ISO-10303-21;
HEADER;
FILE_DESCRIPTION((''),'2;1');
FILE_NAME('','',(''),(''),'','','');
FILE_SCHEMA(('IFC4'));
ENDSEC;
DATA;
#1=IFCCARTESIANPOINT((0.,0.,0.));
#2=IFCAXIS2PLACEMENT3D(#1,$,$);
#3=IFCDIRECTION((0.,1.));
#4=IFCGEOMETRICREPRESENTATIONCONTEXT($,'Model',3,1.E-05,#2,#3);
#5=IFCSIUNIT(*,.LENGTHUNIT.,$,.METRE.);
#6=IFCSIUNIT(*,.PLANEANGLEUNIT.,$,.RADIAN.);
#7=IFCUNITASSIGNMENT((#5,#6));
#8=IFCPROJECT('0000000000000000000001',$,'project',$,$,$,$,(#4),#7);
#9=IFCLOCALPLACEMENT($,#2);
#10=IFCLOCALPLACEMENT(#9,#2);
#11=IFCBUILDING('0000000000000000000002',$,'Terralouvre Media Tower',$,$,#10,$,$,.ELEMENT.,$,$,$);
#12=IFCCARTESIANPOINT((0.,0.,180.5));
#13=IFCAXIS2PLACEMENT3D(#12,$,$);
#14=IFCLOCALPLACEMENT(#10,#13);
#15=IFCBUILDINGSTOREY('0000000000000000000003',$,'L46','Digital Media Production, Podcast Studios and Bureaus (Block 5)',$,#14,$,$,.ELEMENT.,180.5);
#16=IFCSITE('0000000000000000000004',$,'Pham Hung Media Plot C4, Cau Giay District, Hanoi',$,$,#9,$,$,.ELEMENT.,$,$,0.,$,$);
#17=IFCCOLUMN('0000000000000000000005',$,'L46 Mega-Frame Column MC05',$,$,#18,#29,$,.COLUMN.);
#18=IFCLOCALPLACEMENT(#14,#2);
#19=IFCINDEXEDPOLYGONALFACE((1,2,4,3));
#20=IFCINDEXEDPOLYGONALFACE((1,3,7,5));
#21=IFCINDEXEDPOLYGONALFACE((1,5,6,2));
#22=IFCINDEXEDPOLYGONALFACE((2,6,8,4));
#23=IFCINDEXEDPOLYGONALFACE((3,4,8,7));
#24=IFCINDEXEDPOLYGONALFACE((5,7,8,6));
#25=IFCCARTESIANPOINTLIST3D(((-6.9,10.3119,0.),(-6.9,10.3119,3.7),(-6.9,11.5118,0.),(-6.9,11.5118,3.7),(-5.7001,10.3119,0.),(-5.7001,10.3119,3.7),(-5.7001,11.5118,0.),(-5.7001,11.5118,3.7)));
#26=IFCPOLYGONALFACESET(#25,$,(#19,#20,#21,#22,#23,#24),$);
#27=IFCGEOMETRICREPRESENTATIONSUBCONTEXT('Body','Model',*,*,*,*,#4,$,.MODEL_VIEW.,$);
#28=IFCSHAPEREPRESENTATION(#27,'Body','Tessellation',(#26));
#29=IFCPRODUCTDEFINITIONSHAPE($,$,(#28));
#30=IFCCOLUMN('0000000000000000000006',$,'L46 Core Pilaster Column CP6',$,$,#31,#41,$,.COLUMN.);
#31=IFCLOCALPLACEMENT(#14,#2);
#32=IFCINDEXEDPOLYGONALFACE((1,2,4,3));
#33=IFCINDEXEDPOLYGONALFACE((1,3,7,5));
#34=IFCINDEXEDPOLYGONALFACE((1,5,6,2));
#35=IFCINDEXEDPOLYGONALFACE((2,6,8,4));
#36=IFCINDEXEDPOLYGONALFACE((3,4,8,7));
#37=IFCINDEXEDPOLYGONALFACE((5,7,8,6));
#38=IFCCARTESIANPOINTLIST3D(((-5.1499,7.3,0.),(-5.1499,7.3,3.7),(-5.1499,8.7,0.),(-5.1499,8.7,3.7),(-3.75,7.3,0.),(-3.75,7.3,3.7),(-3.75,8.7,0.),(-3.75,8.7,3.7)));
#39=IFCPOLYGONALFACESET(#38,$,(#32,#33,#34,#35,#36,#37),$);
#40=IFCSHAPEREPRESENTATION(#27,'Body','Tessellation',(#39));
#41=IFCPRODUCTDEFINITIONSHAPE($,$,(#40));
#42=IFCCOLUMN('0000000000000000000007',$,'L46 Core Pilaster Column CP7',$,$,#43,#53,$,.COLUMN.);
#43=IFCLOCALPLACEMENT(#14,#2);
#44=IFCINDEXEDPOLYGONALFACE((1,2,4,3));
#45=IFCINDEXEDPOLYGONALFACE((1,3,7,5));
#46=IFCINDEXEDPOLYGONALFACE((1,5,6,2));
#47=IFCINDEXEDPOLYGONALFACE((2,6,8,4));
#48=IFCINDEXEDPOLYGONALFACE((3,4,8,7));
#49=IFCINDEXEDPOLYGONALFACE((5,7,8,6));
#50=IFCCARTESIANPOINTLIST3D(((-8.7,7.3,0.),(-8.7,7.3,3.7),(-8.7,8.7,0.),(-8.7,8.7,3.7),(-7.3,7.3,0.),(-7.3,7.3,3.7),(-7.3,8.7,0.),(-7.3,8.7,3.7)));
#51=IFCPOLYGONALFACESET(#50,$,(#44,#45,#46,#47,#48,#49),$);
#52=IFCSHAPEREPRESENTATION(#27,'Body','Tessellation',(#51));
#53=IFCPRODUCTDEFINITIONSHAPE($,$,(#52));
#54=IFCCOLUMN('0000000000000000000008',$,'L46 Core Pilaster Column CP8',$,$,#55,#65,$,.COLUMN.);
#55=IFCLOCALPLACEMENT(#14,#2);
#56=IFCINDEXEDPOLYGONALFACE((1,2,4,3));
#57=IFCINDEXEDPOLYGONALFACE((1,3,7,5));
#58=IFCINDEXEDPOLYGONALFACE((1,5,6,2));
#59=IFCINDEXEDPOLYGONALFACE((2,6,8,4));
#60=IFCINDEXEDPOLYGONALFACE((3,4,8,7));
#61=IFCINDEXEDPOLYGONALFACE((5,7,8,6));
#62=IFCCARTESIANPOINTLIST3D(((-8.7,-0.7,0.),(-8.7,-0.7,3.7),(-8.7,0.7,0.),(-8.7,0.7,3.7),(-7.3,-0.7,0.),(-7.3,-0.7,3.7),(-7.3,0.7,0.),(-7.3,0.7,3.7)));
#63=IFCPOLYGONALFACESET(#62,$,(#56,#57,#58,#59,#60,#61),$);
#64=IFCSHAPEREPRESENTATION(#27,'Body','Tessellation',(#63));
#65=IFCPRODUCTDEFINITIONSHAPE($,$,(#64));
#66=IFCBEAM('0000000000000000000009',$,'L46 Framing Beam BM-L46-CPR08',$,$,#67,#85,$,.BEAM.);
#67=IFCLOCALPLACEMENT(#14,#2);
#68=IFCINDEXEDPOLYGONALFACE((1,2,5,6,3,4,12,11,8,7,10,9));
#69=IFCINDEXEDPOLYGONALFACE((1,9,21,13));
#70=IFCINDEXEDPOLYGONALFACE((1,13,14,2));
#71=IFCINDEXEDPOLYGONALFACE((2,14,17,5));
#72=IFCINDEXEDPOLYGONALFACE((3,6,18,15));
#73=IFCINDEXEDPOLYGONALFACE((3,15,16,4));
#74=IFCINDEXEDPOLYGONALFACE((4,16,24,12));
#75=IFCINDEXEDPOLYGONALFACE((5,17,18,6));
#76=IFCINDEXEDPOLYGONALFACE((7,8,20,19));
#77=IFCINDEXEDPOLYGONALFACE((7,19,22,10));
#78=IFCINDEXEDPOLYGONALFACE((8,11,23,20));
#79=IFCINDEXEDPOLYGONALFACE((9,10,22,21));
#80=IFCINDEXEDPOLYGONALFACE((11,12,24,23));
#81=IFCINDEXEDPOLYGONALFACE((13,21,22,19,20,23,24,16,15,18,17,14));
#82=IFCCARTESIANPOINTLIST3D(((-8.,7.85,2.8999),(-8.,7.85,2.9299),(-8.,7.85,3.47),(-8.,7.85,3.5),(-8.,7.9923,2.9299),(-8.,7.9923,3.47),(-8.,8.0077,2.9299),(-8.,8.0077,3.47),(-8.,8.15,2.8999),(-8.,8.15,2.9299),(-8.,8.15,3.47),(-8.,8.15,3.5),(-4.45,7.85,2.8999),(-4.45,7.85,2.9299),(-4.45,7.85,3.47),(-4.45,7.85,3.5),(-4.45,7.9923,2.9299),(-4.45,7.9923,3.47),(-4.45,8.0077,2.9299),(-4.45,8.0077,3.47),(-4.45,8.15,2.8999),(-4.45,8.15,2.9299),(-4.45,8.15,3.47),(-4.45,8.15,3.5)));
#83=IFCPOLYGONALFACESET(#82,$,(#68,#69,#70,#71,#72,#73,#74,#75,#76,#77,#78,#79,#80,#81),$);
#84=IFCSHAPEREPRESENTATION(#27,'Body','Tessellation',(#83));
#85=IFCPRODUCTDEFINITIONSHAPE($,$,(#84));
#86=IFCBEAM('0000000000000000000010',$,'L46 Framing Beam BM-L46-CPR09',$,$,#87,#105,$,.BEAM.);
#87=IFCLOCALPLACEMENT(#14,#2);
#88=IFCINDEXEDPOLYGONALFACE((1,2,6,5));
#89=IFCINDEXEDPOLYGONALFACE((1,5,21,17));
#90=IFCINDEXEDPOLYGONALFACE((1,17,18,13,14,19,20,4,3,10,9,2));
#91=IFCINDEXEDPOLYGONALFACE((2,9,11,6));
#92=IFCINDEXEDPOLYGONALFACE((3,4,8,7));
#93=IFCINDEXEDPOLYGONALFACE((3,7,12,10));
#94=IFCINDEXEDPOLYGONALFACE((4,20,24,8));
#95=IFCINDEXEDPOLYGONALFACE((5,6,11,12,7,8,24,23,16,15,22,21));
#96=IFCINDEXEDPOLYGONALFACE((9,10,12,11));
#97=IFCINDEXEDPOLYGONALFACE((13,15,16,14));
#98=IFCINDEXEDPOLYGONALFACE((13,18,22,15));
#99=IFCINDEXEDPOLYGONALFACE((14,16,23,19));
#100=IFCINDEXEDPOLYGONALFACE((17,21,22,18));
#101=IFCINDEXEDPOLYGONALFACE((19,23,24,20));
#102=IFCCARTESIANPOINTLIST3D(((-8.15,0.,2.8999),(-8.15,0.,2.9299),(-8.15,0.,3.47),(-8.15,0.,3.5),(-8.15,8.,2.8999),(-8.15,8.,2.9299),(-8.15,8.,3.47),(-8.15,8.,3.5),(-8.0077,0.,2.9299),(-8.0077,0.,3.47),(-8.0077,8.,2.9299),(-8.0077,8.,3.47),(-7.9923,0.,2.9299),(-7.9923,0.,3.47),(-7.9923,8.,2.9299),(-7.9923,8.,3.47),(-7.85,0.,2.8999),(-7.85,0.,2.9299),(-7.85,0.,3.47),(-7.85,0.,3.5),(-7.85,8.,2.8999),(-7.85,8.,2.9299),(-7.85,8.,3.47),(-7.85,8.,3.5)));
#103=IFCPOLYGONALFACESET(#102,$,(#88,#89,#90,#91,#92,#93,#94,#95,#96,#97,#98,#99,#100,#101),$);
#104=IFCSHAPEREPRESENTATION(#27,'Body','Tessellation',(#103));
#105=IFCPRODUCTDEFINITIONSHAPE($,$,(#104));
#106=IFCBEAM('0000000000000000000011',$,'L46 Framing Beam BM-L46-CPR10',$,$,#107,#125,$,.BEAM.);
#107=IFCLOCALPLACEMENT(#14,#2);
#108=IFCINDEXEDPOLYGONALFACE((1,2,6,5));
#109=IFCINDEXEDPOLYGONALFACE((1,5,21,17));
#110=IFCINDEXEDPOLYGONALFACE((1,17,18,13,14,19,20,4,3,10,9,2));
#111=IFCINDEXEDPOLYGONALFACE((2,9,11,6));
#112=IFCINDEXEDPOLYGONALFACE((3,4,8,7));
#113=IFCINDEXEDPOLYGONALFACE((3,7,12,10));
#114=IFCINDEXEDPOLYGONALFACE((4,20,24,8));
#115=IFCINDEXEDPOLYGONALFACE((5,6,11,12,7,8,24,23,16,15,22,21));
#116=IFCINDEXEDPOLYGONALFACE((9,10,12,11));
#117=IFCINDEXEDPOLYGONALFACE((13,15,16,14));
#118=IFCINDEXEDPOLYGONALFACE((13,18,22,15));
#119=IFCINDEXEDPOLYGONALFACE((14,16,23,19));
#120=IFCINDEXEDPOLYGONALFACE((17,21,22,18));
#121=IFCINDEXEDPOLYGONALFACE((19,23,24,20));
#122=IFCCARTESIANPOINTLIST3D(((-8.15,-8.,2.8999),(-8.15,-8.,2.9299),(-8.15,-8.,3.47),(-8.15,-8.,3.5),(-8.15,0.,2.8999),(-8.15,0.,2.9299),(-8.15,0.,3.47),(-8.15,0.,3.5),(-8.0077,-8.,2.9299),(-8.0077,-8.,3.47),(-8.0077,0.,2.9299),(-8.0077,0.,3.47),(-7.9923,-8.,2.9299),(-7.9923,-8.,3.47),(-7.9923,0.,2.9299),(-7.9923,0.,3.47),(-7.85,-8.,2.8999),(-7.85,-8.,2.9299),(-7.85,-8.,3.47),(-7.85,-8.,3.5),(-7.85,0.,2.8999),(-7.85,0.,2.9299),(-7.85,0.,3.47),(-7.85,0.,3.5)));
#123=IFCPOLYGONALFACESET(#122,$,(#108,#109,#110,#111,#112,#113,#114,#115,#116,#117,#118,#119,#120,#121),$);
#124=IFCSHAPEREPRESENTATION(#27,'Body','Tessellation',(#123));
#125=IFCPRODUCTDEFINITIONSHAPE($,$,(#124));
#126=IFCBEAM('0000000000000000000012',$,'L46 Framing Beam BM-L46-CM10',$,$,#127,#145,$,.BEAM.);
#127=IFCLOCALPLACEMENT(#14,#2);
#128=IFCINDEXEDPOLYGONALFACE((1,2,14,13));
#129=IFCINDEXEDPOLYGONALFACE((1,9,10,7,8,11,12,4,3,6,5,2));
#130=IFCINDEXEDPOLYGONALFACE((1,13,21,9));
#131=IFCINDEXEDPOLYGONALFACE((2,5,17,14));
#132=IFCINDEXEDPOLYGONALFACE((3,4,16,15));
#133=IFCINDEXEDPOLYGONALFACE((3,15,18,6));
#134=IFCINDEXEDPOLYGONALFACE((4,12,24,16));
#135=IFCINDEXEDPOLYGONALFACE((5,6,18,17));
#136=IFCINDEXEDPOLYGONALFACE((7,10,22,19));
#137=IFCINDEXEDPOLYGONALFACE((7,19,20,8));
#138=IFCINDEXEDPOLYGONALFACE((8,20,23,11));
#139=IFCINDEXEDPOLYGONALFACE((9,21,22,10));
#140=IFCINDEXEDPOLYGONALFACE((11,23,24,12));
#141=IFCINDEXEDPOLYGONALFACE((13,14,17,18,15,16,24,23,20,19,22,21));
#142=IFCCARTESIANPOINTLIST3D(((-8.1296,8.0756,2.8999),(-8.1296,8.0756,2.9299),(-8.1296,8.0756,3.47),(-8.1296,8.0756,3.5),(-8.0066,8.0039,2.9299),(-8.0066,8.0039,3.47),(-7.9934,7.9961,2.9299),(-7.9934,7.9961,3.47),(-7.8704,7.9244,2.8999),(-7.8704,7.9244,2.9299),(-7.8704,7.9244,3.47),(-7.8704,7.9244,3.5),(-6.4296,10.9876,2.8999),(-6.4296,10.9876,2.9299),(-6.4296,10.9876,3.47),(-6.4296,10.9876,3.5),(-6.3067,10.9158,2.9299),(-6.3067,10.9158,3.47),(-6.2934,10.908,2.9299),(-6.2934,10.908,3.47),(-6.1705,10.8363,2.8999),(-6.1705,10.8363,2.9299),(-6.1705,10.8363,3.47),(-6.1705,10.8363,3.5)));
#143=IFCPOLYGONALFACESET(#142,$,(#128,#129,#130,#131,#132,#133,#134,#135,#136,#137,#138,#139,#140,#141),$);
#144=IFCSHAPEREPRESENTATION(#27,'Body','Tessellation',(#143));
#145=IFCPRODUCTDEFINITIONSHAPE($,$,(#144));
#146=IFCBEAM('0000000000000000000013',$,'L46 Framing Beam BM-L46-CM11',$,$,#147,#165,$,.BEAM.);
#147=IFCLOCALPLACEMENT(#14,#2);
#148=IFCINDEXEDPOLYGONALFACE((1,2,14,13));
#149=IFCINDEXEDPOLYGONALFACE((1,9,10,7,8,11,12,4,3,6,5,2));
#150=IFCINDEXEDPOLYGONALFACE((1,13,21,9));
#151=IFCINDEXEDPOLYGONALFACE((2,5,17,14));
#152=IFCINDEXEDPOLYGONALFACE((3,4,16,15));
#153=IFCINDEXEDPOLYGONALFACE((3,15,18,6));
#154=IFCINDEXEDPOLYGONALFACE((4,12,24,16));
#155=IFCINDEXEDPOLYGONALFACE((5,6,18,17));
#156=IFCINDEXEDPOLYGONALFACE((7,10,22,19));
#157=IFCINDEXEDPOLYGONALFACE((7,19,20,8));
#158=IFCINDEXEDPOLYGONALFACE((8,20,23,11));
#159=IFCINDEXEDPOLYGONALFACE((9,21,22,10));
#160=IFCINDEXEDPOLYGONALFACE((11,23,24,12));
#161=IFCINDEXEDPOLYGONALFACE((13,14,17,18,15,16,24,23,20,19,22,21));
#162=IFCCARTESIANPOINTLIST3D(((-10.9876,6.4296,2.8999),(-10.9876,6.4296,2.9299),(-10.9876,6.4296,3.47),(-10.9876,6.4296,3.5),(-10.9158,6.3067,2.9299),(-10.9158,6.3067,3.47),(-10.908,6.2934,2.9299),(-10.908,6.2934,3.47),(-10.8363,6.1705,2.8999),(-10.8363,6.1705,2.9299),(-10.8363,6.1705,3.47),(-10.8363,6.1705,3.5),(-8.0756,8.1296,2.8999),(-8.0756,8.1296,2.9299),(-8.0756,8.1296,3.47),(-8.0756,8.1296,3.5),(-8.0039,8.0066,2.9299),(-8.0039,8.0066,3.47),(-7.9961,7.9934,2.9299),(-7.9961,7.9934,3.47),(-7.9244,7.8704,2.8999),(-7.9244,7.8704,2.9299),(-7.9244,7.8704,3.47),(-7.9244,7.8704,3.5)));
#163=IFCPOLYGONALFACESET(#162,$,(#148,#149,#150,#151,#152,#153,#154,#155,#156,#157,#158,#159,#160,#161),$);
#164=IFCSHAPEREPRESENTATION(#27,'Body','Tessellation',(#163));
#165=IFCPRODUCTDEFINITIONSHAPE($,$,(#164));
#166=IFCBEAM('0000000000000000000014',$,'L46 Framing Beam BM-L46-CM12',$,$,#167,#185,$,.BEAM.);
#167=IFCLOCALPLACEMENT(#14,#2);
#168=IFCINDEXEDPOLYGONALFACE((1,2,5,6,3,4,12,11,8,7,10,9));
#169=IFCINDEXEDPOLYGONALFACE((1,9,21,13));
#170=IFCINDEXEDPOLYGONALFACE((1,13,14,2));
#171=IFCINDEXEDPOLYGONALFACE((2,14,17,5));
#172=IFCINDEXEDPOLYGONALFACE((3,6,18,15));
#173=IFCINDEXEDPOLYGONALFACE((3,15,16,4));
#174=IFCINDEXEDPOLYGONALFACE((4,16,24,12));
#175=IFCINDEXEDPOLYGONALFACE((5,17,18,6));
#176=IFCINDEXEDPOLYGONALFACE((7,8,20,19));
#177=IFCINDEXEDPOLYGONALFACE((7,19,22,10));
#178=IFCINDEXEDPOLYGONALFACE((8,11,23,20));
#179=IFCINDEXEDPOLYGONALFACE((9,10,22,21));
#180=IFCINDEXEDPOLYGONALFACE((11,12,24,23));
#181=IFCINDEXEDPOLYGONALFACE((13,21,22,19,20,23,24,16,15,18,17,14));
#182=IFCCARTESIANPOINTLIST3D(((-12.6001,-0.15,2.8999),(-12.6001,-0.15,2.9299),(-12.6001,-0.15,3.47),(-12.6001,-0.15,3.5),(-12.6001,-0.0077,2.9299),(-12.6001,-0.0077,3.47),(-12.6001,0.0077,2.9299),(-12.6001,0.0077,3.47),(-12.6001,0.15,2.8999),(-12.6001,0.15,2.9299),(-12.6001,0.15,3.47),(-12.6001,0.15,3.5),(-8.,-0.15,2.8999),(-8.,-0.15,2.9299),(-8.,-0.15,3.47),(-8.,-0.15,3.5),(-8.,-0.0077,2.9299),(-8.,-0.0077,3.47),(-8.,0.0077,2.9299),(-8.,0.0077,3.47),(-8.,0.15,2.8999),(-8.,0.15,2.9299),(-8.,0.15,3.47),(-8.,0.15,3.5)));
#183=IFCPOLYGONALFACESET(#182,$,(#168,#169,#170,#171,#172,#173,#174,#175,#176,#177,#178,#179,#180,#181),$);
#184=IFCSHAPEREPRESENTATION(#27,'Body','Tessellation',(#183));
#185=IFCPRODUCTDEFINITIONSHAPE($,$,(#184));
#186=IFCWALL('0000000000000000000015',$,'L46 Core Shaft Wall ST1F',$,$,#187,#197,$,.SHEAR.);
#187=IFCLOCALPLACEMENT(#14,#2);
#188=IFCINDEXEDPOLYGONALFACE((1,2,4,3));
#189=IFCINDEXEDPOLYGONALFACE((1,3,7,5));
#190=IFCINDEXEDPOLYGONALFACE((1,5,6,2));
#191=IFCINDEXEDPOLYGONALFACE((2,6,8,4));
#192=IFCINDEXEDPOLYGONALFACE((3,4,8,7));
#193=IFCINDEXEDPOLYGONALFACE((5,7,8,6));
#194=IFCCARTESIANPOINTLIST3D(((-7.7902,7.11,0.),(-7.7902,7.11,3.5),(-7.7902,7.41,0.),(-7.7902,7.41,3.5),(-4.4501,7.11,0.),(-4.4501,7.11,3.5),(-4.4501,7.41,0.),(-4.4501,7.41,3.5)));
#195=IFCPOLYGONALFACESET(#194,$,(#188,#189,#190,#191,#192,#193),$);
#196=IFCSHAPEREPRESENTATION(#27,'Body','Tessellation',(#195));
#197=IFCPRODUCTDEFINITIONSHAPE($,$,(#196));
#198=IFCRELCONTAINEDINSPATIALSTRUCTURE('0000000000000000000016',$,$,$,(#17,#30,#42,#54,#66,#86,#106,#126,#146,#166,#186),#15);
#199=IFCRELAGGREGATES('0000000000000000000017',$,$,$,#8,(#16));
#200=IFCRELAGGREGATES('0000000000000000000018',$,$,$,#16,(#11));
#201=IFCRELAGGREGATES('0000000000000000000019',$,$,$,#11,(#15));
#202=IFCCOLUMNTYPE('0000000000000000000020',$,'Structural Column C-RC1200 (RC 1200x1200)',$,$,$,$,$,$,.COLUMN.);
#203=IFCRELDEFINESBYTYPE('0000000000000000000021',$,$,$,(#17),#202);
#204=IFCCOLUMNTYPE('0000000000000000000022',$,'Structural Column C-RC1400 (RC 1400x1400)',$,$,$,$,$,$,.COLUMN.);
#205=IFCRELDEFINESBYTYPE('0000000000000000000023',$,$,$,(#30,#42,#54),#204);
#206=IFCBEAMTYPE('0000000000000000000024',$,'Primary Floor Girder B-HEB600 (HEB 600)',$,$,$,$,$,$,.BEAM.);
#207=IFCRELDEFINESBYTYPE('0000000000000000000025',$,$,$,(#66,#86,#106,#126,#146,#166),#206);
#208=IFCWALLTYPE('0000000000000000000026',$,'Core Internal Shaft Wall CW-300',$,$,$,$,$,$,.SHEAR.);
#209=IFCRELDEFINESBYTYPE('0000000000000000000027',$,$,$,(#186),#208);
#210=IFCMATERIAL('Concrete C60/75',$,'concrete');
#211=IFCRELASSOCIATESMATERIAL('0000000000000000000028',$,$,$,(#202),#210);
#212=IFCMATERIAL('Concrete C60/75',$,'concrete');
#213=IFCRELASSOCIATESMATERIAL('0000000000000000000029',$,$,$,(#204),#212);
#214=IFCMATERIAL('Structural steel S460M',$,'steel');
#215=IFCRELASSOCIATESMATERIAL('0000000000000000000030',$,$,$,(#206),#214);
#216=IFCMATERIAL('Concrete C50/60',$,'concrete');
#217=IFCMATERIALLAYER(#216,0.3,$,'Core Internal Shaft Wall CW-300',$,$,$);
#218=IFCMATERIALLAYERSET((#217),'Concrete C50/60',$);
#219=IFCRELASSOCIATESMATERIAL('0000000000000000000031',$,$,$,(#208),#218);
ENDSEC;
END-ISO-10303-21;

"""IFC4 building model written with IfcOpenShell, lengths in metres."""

from ifc_helpers import new_model, si_unit, direction, frame, frame_2d, origin, origin_2d, place, context, subcontext, project, spatial, rectangle, i_section, extrude, material, layer, layer_set, material_profile, profile_set, type_object, element, save


model = new_model("IFC4")

# Units and contexts
model_context = context("Model", 3, precision=1e-05, world=origin(), true_north=direction((0.0, 1.0)))
body_context = subcontext(model_context, "Body", "Model", "MODEL_VIEW")
ifc_project = project(units=[si_unit("LENGTHUNIT", "METRE"), si_unit("PLANEANGLEUNIT", "RADIAN")], contexts=[model_context])

# Site, building, storey
site_placement = place(None, origin())
site = spatial("IfcSite", under=ifc_project, at=site_placement, Name="Pham Hung Media Plot C4, Cau Giay District, Hanoi", CompositionType="ELEMENT", RefElevation=0.0)
building_placement = place(site_placement, origin())
building = spatial("IfcBuilding", under=site, at=building_placement, Name="Terralouvre Media Tower", CompositionType="ELEMENT")
storey_placement = place(building_placement, frame((0.0, 0.0, 180.5)))
storey = spatial("IfcBuildingStorey", under=building, at=storey_placement, Name="L46", Description="Digital Media Production, Podcast Studios and Bureaus (Block 5)", CompositionType="ELEMENT", Elevation=180.5)

# Columns
ifc_material_1 = material(Name="Concrete C60/75", Category="concrete")
ifc_material_profile_1 = material_profile(ifc_material_1, rectangle(XDim=1.2, YDim=1.2, at=origin_2d()), Name="RC 1200x1200")
ifc_profile_set_1 = profile_set([ifc_material_profile_1], Name="Concrete C60/75")
column_type_1 = type_object("IfcColumnType", Name="Structural Column C-RC1200 (RC 1200x1200)", PredefinedType="COLUMN", material=ifc_profile_set_1)
column_placement = place(storey_placement, frame((-6.3, 10.9119, 0.0), z_axis=(0.0, 0.0, 1.0), x_axis=(1.0, 0.0, 0.0)))
element("IfcColumn", 1, at=column_placement, inside=storey, type_object=column_type_1, Name="L46 Mega-Frame Column MC05", PredefinedType="COLUMN", context=body_context, shape_type="SweptSolid", body=[
    extrude(rectangle(XDim=1.2, YDim=1.2, at=origin_2d()), origin(), (0.0, 0.0, 1.0), 3.7),
])
ifc_material_2 = material(Name="Concrete C60/75", Category="concrete")
ifc_material_profile_2 = material_profile(ifc_material_2, rectangle(XDim=1.3999, YDim=1.3999, at=origin_2d()), Name="RC 1400x1400")
ifc_profile_set_2 = profile_set([ifc_material_profile_2], Name="Concrete C60/75")
column_type_2 = type_object("IfcColumnType", Name="Structural Column C-RC1400 (RC 1400x1400)", PredefinedType="COLUMN", material=ifc_profile_set_2)
for number, where, z_axis, x_axis, name in (
    (2, (-4.45, 8.0, 0.0), (0.0, 0.0, 1.0), (1.0, 0.0, 0.0), "L46 Core Pilaster Column CP6"),
    (3, (-8.0, 8.0, 0.0), (0.0, 0.0, 1.0), (1.0, 0.0, 0.0), "L46 Core Pilaster Column CP7"),
    (4, (-8.0, 0.0, 0.0), (0.0, 0.0, 1.0), (1.0, 0.0, 0.0), "L46 Core Pilaster Column CP8"),
):
    element("IfcColumn", number, at=place(storey_placement, frame(where, z_axis=z_axis, x_axis=x_axis)), inside=storey, type_object=column_type_2, Name=name, PredefinedType="COLUMN", context=body_context, shape_type="SweptSolid", body=[
        extrude(rectangle(XDim=1.3999, YDim=1.3999, at=origin_2d()), origin(), (0.0, 0.0, 1.0), 3.7),
    ])

# Beams
ifc_material_3 = material(Name="Structural steel S460M", Category="steel")
ifc_material_profile_3 = material_profile(ifc_material_3, i_section(OverallWidth=0.3, OverallDepth=0.6001, WebThickness=0.0154, FlangeThickness=0.03, at=origin_2d()), Name="HEB 600")
ifc_profile_set_3 = profile_set([ifc_material_profile_3], Name="Structural steel S460M")
beam_type = type_object("IfcBeamType", Name="Primary Floor Girder B-HEB600 (HEB 600)", PredefinedType="BEAM", material=ifc_profile_set_3)
beam_1_placement = place(storey_placement, frame((-4.45, 8.0, 3.2), z_axis=(-1.0, 0.0, 0.0), x_axis=(0.0, -1.0, 0.0)))
element("IfcBeam", 5, at=beam_1_placement, inside=storey, type_object=beam_type, Name="L46 Framing Beam BM-L46-CPR08", PredefinedType="BEAM", context=body_context, shape_type="SweptSolid", body=[
    extrude(i_section(OverallWidth=0.3, OverallDepth=0.6001, WebThickness=0.0154, FlangeThickness=0.03, at=origin_2d()), origin(), (0.0, 0.0, 1.0), 3.55),
])
for number, where, z_axis, x_axis, name in (
    (6, (-8.0, 8.0, 3.2), (0.0, -1.0, 0.0), (1.0, 0.0, 0.0), "L46 Framing Beam BM-L46-CPR09"),
    (7, (-8.0, 0.0, 3.2), (0.0, -1.0, 0.0), (1.0, 0.0, 0.0), "L46 Framing Beam BM-L46-CPR10"),
):
    element("IfcBeam", number, at=place(storey_placement, frame(where, z_axis=z_axis, x_axis=x_axis)), inside=storey, type_object=beam_type, Name=name, PredefinedType="BEAM", context=body_context, shape_type="SweptSolid", body=[
        extrude(i_section(OverallWidth=0.3, OverallDepth=0.6001, WebThickness=0.0154, FlangeThickness=0.03, at=origin_2d()), origin(), (0.0, 0.0, 1.0), 8.0),
    ])
for number, where, z_axis, x_axis, name in (
    (8, (-8.0, 8.0, 3.2), (0.504173, 0.863603, 0.0), (-0.863603, 0.504173, 0.0), "L46 Framing Beam BM-L46-CM10"),
    (9, (-8.0, 8.0, 3.2), (-0.863603, -0.504173, 0.0), (0.504173, -0.863603, 0.0), "L46 Framing Beam BM-L46-CM11"),
):
    element("IfcBeam", number, at=place(storey_placement, frame(where, z_axis=z_axis, x_axis=x_axis)), inside=storey, type_object=beam_type, Name=name, PredefinedType="BEAM", context=body_context, shape_type="SweptSolid", body=[
        extrude(i_section(OverallWidth=0.3, OverallDepth=0.6001, WebThickness=0.0154, FlangeThickness=0.03, at=origin_2d()), origin(), (0.0, 0.0, 1.0), 3.3718),
    ])
beam_2_placement = place(storey_placement, frame((-8.0, 0.0, 3.2), z_axis=(-1.0, 0.0, 0.0), x_axis=(0.0, -1.0, 0.0)))
element("IfcBeam", 10, at=beam_2_placement, inside=storey, type_object=beam_type, Name="L46 Framing Beam BM-L46-CM12", PredefinedType="BEAM", context=body_context, shape_type="SweptSolid", body=[
    extrude(i_section(OverallWidth=0.3, OverallDepth=0.6001, WebThickness=0.0154, FlangeThickness=0.03, at=origin_2d()), origin(), (0.0, 0.0, 1.0), 4.6001),
])

# Shared definitions
ifc_material_4 = material(Name="Concrete C50/60", Category="concrete")
ifc_layer_1 = layer(ifc_material_4, 0.3, Name="Core Internal Shaft Wall CW-300")
ifc_layer_set_1 = layer_set([ifc_layer_1], Name="Concrete C50/60")
wall_type_1 = type_object("IfcWallType", Name="Core Internal Shaft Wall CW-300", PredefinedType="SHEAR", material=ifc_layer_set_1)

# Wall
wall_1_placement = place(storey_placement, frame((-7.79, 7.26, 0.0), z_axis=(0.0, 0.0, 1.0), x_axis=(1.0, 0.0, 0.0)))
element("IfcWall", 11, at=wall_1_placement, inside=storey, type_object=wall_type_1, Name="L46 Core Shaft Wall ST1F", PredefinedType="SHEAR", context=body_context, shape_type="SweptSolid", body=[
    extrude(rectangle(XDim=3.3401, YDim=0.3, at=frame_2d((1.6699, 0.0))), origin(), (0.0, 0.0, 1.0), 3.5),
])

save(model, "model.ifc")
